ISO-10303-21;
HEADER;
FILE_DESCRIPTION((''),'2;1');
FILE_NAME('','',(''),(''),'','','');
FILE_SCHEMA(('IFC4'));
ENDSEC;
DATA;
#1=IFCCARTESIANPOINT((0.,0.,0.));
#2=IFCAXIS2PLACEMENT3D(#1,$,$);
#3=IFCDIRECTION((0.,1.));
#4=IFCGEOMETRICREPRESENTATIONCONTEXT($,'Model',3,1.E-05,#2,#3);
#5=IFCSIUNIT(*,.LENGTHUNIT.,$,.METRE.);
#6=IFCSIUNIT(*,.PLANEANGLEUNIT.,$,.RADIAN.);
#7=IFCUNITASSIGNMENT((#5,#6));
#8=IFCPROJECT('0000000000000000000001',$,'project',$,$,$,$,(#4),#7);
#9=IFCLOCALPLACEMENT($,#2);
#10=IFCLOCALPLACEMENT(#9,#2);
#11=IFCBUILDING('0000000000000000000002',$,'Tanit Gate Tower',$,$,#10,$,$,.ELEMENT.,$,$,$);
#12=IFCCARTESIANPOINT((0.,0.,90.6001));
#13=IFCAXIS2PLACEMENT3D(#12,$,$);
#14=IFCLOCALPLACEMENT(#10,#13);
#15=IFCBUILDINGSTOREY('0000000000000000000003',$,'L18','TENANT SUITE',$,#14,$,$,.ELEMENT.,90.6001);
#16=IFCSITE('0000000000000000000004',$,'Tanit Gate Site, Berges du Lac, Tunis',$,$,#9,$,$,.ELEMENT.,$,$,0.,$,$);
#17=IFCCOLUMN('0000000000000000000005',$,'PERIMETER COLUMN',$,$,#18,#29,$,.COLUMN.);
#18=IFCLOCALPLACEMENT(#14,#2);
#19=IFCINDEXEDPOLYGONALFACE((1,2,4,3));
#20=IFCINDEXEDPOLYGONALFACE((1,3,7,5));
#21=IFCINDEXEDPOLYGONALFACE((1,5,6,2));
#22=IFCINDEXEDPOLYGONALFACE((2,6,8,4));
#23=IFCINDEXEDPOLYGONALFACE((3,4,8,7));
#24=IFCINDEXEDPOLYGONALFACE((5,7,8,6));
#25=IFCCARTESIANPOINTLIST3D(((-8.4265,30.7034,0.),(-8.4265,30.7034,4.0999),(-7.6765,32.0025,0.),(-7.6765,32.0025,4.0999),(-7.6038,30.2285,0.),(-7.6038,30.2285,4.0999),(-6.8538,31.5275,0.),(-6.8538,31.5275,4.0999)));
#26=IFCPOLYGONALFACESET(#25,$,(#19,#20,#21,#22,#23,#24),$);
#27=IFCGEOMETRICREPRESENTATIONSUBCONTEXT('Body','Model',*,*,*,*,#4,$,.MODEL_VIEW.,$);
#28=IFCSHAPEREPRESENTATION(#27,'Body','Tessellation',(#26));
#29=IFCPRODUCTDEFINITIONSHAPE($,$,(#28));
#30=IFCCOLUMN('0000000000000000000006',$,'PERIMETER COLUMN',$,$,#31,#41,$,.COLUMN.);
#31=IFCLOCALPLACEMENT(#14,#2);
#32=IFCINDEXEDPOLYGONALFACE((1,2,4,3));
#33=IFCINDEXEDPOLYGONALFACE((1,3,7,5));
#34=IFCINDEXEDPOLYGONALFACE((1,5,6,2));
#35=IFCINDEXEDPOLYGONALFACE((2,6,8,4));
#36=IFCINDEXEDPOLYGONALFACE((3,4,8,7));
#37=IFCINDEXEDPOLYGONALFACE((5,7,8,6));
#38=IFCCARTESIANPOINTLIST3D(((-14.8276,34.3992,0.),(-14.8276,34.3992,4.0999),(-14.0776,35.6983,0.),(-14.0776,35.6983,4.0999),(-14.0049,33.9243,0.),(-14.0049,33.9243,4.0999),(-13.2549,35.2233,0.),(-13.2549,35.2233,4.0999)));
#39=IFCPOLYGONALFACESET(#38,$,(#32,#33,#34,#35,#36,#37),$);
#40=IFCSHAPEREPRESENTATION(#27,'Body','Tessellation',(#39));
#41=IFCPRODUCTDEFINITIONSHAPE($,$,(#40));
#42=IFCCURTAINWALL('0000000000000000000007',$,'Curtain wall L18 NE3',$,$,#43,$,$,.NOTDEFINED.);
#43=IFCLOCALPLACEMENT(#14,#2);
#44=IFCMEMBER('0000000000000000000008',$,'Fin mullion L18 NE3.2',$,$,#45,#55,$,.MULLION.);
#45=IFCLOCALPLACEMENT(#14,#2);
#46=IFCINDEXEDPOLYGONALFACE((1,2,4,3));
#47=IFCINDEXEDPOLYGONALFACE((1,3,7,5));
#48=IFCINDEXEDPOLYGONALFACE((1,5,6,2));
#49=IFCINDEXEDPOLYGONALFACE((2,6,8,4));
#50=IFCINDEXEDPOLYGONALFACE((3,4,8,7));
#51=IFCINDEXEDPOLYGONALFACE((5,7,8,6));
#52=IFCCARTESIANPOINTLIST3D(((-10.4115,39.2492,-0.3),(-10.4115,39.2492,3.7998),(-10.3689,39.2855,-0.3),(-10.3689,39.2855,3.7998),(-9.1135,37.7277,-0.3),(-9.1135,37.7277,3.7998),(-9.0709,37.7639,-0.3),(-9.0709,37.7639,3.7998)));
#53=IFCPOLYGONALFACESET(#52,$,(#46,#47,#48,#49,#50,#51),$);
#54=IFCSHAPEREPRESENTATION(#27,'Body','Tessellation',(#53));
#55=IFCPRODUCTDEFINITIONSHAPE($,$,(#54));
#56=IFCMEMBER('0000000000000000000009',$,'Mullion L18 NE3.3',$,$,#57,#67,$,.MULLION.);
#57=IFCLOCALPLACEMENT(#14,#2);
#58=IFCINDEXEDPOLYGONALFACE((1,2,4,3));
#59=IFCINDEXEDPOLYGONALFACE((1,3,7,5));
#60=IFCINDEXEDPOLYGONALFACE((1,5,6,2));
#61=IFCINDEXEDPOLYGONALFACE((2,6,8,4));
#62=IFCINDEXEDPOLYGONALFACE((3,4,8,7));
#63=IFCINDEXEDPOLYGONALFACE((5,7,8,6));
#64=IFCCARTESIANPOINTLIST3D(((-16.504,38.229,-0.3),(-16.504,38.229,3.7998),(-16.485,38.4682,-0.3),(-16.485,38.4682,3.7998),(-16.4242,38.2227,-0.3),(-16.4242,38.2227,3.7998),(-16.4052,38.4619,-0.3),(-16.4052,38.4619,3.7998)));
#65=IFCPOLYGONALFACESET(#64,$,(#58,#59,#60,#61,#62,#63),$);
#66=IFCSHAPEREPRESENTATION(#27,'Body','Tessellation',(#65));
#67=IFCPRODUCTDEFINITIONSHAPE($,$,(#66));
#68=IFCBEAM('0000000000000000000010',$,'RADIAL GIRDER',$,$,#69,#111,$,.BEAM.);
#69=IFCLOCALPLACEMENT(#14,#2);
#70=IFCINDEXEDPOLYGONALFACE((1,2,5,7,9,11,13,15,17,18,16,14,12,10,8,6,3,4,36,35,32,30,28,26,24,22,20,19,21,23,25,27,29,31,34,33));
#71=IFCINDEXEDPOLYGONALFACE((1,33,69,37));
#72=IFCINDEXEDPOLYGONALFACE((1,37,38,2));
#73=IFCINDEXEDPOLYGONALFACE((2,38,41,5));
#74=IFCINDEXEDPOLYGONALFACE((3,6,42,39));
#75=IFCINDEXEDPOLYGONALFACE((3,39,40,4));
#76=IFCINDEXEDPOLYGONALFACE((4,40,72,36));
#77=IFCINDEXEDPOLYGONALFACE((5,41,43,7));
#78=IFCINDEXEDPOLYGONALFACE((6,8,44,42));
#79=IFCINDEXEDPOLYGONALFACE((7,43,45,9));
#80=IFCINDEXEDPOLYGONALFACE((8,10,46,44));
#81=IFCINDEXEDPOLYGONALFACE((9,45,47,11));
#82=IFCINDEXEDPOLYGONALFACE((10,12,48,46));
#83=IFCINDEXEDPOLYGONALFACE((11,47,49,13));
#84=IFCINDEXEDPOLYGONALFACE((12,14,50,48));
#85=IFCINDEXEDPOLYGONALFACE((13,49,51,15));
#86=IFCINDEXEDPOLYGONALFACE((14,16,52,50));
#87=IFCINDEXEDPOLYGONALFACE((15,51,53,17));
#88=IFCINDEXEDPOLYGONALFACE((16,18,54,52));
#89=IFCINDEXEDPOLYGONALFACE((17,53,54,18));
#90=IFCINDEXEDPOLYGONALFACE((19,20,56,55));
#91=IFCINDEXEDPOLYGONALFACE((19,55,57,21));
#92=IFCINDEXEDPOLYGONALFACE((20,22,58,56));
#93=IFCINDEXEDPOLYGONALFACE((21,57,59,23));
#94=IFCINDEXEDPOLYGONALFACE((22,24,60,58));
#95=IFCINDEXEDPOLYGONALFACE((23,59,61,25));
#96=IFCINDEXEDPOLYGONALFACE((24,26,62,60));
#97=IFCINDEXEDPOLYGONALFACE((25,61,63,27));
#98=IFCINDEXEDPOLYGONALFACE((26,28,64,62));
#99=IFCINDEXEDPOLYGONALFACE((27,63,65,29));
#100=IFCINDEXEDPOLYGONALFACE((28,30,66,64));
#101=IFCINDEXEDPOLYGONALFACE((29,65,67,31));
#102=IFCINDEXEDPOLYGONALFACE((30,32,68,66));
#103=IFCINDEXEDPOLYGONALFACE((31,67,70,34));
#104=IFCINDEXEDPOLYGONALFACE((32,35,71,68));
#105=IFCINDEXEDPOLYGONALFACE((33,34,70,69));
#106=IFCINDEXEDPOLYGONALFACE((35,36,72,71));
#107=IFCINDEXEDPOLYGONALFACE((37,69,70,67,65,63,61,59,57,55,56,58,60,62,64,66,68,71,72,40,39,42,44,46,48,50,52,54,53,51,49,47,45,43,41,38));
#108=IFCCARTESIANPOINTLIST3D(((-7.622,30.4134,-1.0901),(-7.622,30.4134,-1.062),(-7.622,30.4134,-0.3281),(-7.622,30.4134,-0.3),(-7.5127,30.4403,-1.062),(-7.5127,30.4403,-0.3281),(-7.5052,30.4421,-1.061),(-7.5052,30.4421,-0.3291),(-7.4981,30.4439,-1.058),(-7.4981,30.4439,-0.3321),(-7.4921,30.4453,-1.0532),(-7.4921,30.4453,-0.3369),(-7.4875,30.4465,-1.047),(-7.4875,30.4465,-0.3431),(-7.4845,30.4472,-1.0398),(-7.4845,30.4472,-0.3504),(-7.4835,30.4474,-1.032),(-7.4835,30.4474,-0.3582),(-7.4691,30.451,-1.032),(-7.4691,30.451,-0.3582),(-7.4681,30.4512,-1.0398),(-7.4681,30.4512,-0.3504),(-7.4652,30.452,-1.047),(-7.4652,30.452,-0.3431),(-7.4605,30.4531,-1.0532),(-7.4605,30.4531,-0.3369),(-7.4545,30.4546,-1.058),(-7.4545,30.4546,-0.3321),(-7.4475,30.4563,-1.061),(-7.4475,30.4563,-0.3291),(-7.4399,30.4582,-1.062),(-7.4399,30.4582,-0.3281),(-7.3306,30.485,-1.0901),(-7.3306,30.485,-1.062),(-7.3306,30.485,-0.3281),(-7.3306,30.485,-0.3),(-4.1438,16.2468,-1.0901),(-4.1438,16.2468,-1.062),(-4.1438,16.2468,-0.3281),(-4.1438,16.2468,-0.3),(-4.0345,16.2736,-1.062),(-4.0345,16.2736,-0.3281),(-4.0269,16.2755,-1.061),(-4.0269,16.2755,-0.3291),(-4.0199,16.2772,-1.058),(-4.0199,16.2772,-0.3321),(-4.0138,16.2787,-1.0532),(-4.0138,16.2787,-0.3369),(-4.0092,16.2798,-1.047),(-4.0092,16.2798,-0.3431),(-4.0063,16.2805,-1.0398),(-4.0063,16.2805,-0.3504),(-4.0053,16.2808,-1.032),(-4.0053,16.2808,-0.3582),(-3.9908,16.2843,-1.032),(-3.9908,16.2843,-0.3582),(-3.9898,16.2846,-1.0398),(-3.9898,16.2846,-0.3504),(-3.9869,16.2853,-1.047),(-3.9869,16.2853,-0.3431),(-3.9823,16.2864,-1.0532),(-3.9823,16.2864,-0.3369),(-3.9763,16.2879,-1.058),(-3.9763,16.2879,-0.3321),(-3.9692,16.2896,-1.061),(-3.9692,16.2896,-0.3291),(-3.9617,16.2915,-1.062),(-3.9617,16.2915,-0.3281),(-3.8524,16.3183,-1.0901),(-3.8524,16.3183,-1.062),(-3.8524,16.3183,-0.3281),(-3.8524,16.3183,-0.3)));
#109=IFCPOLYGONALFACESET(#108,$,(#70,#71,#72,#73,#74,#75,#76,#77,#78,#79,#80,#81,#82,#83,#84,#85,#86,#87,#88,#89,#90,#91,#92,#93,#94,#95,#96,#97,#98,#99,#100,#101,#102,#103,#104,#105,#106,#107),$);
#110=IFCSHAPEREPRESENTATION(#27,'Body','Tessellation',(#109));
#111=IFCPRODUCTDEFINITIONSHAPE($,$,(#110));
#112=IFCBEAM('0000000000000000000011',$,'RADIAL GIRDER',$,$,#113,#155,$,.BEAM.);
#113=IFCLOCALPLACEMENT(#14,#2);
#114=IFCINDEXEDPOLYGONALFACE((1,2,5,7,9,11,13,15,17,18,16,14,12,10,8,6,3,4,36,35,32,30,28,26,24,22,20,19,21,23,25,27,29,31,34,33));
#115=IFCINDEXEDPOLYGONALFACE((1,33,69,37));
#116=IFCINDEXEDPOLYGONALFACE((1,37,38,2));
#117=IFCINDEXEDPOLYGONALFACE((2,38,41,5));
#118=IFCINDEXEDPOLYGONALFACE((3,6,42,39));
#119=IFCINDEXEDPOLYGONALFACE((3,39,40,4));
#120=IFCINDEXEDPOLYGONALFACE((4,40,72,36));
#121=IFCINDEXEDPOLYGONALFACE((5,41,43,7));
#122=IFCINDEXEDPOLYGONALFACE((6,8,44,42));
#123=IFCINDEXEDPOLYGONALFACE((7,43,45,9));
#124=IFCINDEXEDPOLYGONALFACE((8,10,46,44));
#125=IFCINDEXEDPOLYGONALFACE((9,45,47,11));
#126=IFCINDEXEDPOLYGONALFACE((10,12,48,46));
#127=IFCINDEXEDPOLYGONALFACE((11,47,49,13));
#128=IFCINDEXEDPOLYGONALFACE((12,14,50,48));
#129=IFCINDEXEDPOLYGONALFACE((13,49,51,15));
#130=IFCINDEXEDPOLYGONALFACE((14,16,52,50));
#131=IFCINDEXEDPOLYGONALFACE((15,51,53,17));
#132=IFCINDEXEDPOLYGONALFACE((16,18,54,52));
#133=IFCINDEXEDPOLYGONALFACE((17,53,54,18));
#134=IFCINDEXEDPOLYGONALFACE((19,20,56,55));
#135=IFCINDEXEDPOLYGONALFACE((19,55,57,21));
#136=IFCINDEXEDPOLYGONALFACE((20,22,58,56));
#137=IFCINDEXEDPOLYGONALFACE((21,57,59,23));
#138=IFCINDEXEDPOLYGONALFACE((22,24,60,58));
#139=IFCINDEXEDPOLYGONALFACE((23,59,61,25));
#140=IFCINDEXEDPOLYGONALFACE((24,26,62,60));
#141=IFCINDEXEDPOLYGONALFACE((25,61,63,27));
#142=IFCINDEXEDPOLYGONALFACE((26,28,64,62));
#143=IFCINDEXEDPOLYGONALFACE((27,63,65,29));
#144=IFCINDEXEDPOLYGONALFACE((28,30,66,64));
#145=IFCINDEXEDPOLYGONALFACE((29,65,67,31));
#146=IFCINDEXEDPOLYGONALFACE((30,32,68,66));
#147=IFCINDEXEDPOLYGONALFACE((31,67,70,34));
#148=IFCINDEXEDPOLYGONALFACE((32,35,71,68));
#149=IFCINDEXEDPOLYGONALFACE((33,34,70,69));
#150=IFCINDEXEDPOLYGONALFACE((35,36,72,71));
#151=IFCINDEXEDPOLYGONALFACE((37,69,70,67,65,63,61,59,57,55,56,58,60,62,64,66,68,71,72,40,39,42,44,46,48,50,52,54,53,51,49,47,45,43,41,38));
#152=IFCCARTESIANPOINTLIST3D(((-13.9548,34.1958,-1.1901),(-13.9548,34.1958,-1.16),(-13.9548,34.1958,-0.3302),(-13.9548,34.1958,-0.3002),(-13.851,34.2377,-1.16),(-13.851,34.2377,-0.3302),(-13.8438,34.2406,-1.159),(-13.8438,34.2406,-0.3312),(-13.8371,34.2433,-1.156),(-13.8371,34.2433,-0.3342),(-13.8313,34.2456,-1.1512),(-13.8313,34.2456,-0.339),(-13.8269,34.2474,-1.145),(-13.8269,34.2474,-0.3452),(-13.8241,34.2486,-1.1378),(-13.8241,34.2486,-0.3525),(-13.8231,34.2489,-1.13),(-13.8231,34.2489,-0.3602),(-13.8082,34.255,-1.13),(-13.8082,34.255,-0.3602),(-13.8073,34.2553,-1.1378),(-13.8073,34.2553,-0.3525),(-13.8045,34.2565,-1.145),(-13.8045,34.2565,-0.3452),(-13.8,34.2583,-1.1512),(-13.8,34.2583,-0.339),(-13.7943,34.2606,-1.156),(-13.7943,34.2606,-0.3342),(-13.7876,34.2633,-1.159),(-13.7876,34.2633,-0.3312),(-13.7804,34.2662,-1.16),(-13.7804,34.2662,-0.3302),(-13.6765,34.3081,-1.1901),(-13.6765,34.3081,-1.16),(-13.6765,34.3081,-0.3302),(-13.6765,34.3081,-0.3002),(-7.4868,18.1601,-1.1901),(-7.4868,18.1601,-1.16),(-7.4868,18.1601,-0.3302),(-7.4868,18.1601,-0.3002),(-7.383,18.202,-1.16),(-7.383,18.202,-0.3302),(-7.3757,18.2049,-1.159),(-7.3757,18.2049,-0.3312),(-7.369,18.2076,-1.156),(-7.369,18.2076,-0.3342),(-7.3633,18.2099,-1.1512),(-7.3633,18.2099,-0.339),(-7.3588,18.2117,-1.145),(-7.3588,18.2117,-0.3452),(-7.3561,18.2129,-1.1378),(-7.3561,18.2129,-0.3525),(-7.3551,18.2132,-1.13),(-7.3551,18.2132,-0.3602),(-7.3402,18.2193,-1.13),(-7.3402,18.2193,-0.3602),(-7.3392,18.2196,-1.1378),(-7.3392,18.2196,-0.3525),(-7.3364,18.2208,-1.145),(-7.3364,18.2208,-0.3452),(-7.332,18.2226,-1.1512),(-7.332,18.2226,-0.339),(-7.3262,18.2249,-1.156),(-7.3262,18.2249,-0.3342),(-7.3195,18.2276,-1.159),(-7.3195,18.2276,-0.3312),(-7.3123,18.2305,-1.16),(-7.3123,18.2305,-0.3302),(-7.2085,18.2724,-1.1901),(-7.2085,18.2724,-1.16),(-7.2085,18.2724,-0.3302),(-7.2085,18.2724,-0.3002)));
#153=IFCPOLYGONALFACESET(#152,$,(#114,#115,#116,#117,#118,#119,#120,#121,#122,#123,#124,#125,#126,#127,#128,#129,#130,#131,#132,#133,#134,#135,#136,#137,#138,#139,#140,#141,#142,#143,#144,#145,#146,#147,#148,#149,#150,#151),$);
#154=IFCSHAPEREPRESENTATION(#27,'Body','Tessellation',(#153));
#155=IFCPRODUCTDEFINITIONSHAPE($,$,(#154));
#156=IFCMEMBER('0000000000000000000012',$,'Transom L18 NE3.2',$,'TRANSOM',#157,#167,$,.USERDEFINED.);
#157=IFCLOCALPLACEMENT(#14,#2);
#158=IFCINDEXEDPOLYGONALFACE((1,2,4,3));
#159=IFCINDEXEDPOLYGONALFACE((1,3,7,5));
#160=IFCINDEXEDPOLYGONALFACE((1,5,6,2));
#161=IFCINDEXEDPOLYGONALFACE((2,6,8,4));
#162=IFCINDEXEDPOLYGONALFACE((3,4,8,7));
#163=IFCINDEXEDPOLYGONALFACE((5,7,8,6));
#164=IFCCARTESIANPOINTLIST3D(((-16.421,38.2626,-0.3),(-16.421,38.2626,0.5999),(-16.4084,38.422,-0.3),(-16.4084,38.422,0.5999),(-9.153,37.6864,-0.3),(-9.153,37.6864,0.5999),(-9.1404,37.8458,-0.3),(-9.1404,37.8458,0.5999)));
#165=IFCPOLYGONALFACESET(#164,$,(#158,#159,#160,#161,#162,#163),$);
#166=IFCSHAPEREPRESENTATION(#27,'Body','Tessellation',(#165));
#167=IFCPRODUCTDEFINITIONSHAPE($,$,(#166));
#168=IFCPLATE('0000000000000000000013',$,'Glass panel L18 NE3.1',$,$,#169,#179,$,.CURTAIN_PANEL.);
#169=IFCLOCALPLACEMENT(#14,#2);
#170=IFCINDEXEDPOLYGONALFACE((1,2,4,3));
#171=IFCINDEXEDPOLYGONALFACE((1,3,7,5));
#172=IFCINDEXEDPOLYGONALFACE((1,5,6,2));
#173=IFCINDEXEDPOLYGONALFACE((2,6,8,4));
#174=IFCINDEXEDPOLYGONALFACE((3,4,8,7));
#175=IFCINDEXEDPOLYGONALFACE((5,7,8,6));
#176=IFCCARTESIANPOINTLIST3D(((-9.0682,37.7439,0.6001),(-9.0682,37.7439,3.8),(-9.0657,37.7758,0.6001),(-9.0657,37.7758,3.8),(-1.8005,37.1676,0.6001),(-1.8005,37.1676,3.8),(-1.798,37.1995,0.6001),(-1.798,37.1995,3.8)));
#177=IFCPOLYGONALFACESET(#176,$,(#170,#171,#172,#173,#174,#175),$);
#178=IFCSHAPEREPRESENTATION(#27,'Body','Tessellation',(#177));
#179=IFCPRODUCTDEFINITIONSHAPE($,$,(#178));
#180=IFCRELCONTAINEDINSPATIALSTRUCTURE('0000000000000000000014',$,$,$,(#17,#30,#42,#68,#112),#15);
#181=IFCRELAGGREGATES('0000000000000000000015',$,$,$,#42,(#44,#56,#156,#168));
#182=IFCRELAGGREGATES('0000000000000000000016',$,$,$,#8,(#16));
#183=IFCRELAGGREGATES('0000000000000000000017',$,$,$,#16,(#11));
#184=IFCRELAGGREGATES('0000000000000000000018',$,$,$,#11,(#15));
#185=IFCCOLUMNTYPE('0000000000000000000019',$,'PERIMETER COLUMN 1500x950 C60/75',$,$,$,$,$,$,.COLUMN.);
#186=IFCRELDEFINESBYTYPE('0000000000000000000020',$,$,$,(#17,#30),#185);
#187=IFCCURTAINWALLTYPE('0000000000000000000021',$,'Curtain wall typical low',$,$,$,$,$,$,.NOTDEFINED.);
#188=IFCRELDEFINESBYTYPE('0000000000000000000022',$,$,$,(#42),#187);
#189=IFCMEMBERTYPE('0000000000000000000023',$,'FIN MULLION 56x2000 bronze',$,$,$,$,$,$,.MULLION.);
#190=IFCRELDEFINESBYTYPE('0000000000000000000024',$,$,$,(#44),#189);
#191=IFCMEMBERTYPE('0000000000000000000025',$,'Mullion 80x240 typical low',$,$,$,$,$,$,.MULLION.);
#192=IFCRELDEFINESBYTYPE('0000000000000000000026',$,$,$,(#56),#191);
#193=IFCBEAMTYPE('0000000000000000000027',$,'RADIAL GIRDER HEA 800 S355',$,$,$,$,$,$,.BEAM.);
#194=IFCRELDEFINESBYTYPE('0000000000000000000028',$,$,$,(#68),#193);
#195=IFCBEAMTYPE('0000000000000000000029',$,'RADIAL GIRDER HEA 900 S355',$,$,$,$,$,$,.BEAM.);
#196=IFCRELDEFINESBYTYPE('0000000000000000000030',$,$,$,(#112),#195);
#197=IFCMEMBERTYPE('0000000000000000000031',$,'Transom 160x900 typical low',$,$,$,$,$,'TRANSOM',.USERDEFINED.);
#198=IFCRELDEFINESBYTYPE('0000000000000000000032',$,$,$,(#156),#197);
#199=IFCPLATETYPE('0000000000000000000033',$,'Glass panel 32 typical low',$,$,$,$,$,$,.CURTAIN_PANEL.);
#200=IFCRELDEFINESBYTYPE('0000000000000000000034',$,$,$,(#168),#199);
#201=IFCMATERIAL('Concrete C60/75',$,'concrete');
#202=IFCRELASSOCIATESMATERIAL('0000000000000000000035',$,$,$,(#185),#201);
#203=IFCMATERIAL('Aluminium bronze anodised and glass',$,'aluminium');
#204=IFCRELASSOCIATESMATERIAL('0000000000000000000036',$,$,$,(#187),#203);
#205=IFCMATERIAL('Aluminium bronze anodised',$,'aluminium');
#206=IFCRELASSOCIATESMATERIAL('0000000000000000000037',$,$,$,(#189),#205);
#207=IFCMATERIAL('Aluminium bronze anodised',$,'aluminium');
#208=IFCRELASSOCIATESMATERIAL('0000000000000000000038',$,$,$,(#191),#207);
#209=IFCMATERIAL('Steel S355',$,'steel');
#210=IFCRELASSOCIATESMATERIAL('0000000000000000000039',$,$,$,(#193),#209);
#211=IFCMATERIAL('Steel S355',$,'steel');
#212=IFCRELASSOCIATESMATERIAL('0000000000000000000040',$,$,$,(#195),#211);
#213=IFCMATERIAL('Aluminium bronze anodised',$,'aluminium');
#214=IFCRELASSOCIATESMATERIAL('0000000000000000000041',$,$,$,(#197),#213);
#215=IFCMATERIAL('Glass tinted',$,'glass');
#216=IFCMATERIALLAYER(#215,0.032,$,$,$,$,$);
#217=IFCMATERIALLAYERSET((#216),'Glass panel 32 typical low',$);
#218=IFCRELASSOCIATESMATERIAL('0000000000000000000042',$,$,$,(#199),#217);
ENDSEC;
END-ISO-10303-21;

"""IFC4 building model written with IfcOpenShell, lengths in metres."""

from ifc_helpers import new_model, si_unit, direction, frame, origin, origin_2d, place, context, subcontext, project, spatial, rectangle, i_section, extrude, material, layer, layer_set, material_profile, profile_set, type_object, element, aggregate, save


model = new_model("IFC4")

# Units and contexts
model_context = context("Model", 3, precision=1e-05, world=origin(), true_north=direction((0.0, 1.0)))
body_context = subcontext(model_context, "Body", "Model", "MODEL_VIEW")
ifc_project = project(units=[si_unit("LENGTHUNIT", "METRE"), si_unit("PLANEANGLEUNIT", "RADIAN")], contexts=[model_context])

# Site, building, storey
site_placement = place(None, origin())
site = spatial("IfcSite", under=ifc_project, at=site_placement, Name="Tanit Gate Site, Berges du Lac, Tunis", CompositionType="ELEMENT", RefElevation=0.0)
building_placement = place(site_placement, origin())
building = spatial("IfcBuilding", under=site, at=building_placement, Name="Tanit Gate Tower", CompositionType="ELEMENT")
storey_placement = place(building_placement, frame((0.0, 0.0, 90.6001)))
storey = spatial("IfcBuildingStorey", under=building, at=storey_placement, Name="L18", Description="TENANT SUITE", CompositionType="ELEMENT", Elevation=90.6001)

# Columns
ifc_material_1 = material(Name="Concrete C60/75", Category="concrete")
ifc_material_profile_1 = material_profile(ifc_material_1, rectangle(XDim=1.5, YDim=0.95, at=origin_2d()), Name="RC 1500x950")
ifc_profile_set_1 = profile_set([ifc_material_profile_1], Name="Concrete C60/75")
column_type = type_object("IfcColumnType", Name="PERIMETER COLUMN 1500x950 C60/75", PredefinedType="COLUMN", material=ifc_profile_set_1)
for number, where, z_axis, x_axis, name in (
    (1, (-7.6401, 31.1155, 0.0), (0.0, 0.0, 1.0), (0.5, 0.866025, 0.0), "PERIMETER COLUMN"),
    (2, (-14.0413, 34.8113, 0.0), (0.0, 0.0, 1.0), (0.5, 0.866025, 0.0), "PERIMETER COLUMN"),
):
    element("IfcColumn", number, at=place(storey_placement, frame(where, z_axis=z_axis, x_axis=x_axis)), inside=storey, type_object=column_type, Name=name, PredefinedType="COLUMN", context=body_context, shape_type="SweptSolid", body=[
        extrude(rectangle(XDim=1.5, YDim=0.95, at=origin_2d()), origin(), (0.0, 0.0, 1.0), 4.0999),
    ])

# Curtain wall, members
ifc_material_2 = material(Name="Aluminium bronze anodised and glass", Category="aluminium")
curtain_wall_type = type_object("IfcCurtainWallType", Name="Curtain wall typical low", PredefinedType="NOTDEFINED", material=ifc_material_2)
curtain_wall_placement = place(storey_placement, origin())
curtain_wall = element("IfcCurtainWall", 3, at=curtain_wall_placement, inside=storey, type_object=curtain_wall_type, Name="Curtain wall L18 NE3", PredefinedType="NOTDEFINED")
ifc_material_3 = material(Name="Aluminium bronze anodised", Category="aluminium")
ifc_material_profile_2 = material_profile(ifc_material_3, rectangle(XDim=2.0, YDim=0.0559, at=origin_2d()), Name="56x2000 bronze fin mullion")
ifc_profile_set_2 = profile_set([ifc_material_profile_2], Name="Aluminium bronze anodised")
member_type_1 = type_object("IfcMemberType", Name="FIN MULLION 56x2000 bronze", PredefinedType="MULLION", material=ifc_profile_set_2)
member_1_placement = place(storey_placement, frame((-9.7412, 38.5066, -0.3), z_axis=(0.0, 0.0, 1.0), x_axis=(0.649001, -0.760787, 0.0)))
member_1 = element("IfcMember", 4, at=member_1_placement, type_object=member_type_1, Name="Fin mullion L18 NE3.2", PredefinedType="MULLION", context=body_context, shape_type="SweptSolid", body=[
    extrude(rectangle(XDim=2.0, YDim=0.0559, at=origin_2d()), origin(), (0.0, 0.0, 1.0), 4.0999),
])
ifc_material_4 = material(Name="Aluminium bronze anodised", Category="aluminium")
ifc_material_profile_3 = material_profile(ifc_material_4, rectangle(XDim=0.24, YDim=0.0801, at=origin_2d()), Name="80x240 bronze mullion")
ifc_profile_set_3 = profile_set([ifc_material_profile_3], Name="Aluminium bronze anodised")
member_type_2 = type_object("IfcMemberType", Name="Mullion 80x240 typical low", PredefinedType="MULLION", material=ifc_profile_set_3)
member_2_placement = place(storey_placement, frame((-16.4546, 38.3455, -0.3), z_axis=(0.0, 0.0, 1.0), x_axis=(-0.079045, -0.996871, 0.0)))
member_2 = element("IfcMember", 5, at=member_2_placement, type_object=member_type_2, Name="Mullion L18 NE3.3", PredefinedType="MULLION", context=body_context, shape_type="SweptSolid", body=[
    extrude(rectangle(XDim=0.24, YDim=0.0801, at=origin_2d()), origin(), (0.0, 0.0, 1.0), 4.0999),
])

# Beams
ifc_material_5 = material(Name="Steel S355", Category="steel")
ifc_material_profile_4 = material_profile(ifc_material_5, i_section(OverallWidth=0.3, OverallDepth=0.79, WebThickness=0.0149, FlangeThickness=0.0281, FilletRadius=0.03, at=origin_2d()), Name="HEA 800")
ifc_profile_set_4 = profile_set([ifc_material_profile_4], Name="Steel S355")
beam_type_1 = type_object("IfcBeamType", Name="RADIAL GIRDER HEA 800 S355", PredefinedType="BEAM", material=ifc_profile_set_4)
beam_1_placement = place(storey_placement, frame((-7.4763, 30.4492, -0.6951), z_axis=(0.238442, -0.971157, 0.0), x_axis=(0.971157, 0.238442, 0.0)))
element("IfcBeam", 6, at=beam_1_placement, inside=storey, type_object=beam_type_1, Name="RADIAL GIRDER", PredefinedType="BEAM", context=body_context, shape_type="SweptSolid", body=[
    extrude(i_section(OverallWidth=0.3, OverallDepth=0.79, WebThickness=0.0149, FlangeThickness=0.0281, FilletRadius=0.03, at=origin_2d()), origin(), (0.0, 0.0, 1.0), 14.5874),
])
ifc_material_6 = material(Name="Steel S355", Category="steel")
ifc_material_profile_5 = material_profile(ifc_material_6, i_section(OverallWidth=0.3, OverallDepth=0.8899, WebThickness=0.0161, FlangeThickness=0.03, FilletRadius=0.03, at=origin_2d()), Name="HEA 900")
ifc_profile_set_5 = profile_set([ifc_material_profile_5], Name="Steel S355")
beam_type_2 = type_object("IfcBeamType", Name="RADIAL GIRDER HEA 900 S355", PredefinedType="BEAM", material=ifc_profile_set_5)
beam_2_placement = place(storey_placement, frame((-13.8157, 34.252, -0.7451), z_axis=(0.374069, -0.927401, 0.0), x_axis=(0.927401, 0.374069, 0.0)))
element("IfcBeam", 7, at=beam_2_placement, inside=storey, type_object=beam_type_2, Name="RADIAL GIRDER", PredefinedType="BEAM", context=body_context, shape_type="SweptSolid", body=[
    extrude(i_section(OverallWidth=0.3, OverallDepth=0.8899, WebThickness=0.0161, FlangeThickness=0.03, FilletRadius=0.03, at=origin_2d()), origin(), (0.0, 0.0, 1.0), 17.291),
])

# Member
ifc_material_7 = material(Name="Aluminium bronze anodised", Category="aluminium")
ifc_material_profile_6 = material_profile(ifc_material_7, rectangle(XDim=0.1599, YDim=0.8999, at=origin_2d()), Name="160x900 bronze transom")
ifc_profile_set_6 = profile_set([ifc_material_profile_6], Name="Aluminium bronze anodised")
member_type_3 = type_object("IfcMemberType", Name="Transom 160x900 typical low", ElementType="TRANSOM", PredefinedType="USERDEFINED", material=ifc_profile_set_6)
member_3_placement = place(storey_placement, frame((-9.1467, 37.7661, 0.1499), z_axis=(-0.996873, 0.079027, 0.0), x_axis=(-0.079027, -0.996873, 0.0)))
member_3 = element("IfcMember", 8, at=member_3_placement, type_object=member_type_3, Name="Transom L18 NE3.2", ObjectType="TRANSOM", PredefinedType="USERDEFINED", context=body_context, shape_type="SweptSolid", body=[
    extrude(rectangle(XDim=0.1599, YDim=0.8999, at=origin_2d()), origin(), (0.0, 0.0, 1.0), 7.2908),
])

# Plate
ifc_material_8 = material(Name="Glass tinted", Category="glass")
ifc_layer_1 = layer(ifc_material_8, 0.032)
ifc_layer_set_1 = layer_set([ifc_layer_1], Name="Glass panel 32 typical low")
plate_type = type_object("IfcPlateType", Name="Glass panel 32 typical low", PredefinedType="CURTAIN_PANEL", material=ifc_layer_set_1)
plate_1_placement = place(storey_placement, frame((-5.4331, 37.4717, 0.6001), z_axis=(0.0, 0.0, 1.0), x_axis=(-0.996871, 0.079045, 0.0)))
plate_1 = element("IfcPlate", 9, at=plate_1_placement, type_object=plate_type, Name="Glass panel L18 NE3.1", PredefinedType="CURTAIN_PANEL", context=body_context, shape_type="SweptSolid", body=[
    extrude(rectangle(XDim=7.2905, YDim=0.032, at=origin_2d()), origin(), (0.0, 0.0, 1.0), 3.2),
])
aggregate(curtain_wall, [member_1, member_2, member_3, plate_1])

save(model, "model.ifc")
